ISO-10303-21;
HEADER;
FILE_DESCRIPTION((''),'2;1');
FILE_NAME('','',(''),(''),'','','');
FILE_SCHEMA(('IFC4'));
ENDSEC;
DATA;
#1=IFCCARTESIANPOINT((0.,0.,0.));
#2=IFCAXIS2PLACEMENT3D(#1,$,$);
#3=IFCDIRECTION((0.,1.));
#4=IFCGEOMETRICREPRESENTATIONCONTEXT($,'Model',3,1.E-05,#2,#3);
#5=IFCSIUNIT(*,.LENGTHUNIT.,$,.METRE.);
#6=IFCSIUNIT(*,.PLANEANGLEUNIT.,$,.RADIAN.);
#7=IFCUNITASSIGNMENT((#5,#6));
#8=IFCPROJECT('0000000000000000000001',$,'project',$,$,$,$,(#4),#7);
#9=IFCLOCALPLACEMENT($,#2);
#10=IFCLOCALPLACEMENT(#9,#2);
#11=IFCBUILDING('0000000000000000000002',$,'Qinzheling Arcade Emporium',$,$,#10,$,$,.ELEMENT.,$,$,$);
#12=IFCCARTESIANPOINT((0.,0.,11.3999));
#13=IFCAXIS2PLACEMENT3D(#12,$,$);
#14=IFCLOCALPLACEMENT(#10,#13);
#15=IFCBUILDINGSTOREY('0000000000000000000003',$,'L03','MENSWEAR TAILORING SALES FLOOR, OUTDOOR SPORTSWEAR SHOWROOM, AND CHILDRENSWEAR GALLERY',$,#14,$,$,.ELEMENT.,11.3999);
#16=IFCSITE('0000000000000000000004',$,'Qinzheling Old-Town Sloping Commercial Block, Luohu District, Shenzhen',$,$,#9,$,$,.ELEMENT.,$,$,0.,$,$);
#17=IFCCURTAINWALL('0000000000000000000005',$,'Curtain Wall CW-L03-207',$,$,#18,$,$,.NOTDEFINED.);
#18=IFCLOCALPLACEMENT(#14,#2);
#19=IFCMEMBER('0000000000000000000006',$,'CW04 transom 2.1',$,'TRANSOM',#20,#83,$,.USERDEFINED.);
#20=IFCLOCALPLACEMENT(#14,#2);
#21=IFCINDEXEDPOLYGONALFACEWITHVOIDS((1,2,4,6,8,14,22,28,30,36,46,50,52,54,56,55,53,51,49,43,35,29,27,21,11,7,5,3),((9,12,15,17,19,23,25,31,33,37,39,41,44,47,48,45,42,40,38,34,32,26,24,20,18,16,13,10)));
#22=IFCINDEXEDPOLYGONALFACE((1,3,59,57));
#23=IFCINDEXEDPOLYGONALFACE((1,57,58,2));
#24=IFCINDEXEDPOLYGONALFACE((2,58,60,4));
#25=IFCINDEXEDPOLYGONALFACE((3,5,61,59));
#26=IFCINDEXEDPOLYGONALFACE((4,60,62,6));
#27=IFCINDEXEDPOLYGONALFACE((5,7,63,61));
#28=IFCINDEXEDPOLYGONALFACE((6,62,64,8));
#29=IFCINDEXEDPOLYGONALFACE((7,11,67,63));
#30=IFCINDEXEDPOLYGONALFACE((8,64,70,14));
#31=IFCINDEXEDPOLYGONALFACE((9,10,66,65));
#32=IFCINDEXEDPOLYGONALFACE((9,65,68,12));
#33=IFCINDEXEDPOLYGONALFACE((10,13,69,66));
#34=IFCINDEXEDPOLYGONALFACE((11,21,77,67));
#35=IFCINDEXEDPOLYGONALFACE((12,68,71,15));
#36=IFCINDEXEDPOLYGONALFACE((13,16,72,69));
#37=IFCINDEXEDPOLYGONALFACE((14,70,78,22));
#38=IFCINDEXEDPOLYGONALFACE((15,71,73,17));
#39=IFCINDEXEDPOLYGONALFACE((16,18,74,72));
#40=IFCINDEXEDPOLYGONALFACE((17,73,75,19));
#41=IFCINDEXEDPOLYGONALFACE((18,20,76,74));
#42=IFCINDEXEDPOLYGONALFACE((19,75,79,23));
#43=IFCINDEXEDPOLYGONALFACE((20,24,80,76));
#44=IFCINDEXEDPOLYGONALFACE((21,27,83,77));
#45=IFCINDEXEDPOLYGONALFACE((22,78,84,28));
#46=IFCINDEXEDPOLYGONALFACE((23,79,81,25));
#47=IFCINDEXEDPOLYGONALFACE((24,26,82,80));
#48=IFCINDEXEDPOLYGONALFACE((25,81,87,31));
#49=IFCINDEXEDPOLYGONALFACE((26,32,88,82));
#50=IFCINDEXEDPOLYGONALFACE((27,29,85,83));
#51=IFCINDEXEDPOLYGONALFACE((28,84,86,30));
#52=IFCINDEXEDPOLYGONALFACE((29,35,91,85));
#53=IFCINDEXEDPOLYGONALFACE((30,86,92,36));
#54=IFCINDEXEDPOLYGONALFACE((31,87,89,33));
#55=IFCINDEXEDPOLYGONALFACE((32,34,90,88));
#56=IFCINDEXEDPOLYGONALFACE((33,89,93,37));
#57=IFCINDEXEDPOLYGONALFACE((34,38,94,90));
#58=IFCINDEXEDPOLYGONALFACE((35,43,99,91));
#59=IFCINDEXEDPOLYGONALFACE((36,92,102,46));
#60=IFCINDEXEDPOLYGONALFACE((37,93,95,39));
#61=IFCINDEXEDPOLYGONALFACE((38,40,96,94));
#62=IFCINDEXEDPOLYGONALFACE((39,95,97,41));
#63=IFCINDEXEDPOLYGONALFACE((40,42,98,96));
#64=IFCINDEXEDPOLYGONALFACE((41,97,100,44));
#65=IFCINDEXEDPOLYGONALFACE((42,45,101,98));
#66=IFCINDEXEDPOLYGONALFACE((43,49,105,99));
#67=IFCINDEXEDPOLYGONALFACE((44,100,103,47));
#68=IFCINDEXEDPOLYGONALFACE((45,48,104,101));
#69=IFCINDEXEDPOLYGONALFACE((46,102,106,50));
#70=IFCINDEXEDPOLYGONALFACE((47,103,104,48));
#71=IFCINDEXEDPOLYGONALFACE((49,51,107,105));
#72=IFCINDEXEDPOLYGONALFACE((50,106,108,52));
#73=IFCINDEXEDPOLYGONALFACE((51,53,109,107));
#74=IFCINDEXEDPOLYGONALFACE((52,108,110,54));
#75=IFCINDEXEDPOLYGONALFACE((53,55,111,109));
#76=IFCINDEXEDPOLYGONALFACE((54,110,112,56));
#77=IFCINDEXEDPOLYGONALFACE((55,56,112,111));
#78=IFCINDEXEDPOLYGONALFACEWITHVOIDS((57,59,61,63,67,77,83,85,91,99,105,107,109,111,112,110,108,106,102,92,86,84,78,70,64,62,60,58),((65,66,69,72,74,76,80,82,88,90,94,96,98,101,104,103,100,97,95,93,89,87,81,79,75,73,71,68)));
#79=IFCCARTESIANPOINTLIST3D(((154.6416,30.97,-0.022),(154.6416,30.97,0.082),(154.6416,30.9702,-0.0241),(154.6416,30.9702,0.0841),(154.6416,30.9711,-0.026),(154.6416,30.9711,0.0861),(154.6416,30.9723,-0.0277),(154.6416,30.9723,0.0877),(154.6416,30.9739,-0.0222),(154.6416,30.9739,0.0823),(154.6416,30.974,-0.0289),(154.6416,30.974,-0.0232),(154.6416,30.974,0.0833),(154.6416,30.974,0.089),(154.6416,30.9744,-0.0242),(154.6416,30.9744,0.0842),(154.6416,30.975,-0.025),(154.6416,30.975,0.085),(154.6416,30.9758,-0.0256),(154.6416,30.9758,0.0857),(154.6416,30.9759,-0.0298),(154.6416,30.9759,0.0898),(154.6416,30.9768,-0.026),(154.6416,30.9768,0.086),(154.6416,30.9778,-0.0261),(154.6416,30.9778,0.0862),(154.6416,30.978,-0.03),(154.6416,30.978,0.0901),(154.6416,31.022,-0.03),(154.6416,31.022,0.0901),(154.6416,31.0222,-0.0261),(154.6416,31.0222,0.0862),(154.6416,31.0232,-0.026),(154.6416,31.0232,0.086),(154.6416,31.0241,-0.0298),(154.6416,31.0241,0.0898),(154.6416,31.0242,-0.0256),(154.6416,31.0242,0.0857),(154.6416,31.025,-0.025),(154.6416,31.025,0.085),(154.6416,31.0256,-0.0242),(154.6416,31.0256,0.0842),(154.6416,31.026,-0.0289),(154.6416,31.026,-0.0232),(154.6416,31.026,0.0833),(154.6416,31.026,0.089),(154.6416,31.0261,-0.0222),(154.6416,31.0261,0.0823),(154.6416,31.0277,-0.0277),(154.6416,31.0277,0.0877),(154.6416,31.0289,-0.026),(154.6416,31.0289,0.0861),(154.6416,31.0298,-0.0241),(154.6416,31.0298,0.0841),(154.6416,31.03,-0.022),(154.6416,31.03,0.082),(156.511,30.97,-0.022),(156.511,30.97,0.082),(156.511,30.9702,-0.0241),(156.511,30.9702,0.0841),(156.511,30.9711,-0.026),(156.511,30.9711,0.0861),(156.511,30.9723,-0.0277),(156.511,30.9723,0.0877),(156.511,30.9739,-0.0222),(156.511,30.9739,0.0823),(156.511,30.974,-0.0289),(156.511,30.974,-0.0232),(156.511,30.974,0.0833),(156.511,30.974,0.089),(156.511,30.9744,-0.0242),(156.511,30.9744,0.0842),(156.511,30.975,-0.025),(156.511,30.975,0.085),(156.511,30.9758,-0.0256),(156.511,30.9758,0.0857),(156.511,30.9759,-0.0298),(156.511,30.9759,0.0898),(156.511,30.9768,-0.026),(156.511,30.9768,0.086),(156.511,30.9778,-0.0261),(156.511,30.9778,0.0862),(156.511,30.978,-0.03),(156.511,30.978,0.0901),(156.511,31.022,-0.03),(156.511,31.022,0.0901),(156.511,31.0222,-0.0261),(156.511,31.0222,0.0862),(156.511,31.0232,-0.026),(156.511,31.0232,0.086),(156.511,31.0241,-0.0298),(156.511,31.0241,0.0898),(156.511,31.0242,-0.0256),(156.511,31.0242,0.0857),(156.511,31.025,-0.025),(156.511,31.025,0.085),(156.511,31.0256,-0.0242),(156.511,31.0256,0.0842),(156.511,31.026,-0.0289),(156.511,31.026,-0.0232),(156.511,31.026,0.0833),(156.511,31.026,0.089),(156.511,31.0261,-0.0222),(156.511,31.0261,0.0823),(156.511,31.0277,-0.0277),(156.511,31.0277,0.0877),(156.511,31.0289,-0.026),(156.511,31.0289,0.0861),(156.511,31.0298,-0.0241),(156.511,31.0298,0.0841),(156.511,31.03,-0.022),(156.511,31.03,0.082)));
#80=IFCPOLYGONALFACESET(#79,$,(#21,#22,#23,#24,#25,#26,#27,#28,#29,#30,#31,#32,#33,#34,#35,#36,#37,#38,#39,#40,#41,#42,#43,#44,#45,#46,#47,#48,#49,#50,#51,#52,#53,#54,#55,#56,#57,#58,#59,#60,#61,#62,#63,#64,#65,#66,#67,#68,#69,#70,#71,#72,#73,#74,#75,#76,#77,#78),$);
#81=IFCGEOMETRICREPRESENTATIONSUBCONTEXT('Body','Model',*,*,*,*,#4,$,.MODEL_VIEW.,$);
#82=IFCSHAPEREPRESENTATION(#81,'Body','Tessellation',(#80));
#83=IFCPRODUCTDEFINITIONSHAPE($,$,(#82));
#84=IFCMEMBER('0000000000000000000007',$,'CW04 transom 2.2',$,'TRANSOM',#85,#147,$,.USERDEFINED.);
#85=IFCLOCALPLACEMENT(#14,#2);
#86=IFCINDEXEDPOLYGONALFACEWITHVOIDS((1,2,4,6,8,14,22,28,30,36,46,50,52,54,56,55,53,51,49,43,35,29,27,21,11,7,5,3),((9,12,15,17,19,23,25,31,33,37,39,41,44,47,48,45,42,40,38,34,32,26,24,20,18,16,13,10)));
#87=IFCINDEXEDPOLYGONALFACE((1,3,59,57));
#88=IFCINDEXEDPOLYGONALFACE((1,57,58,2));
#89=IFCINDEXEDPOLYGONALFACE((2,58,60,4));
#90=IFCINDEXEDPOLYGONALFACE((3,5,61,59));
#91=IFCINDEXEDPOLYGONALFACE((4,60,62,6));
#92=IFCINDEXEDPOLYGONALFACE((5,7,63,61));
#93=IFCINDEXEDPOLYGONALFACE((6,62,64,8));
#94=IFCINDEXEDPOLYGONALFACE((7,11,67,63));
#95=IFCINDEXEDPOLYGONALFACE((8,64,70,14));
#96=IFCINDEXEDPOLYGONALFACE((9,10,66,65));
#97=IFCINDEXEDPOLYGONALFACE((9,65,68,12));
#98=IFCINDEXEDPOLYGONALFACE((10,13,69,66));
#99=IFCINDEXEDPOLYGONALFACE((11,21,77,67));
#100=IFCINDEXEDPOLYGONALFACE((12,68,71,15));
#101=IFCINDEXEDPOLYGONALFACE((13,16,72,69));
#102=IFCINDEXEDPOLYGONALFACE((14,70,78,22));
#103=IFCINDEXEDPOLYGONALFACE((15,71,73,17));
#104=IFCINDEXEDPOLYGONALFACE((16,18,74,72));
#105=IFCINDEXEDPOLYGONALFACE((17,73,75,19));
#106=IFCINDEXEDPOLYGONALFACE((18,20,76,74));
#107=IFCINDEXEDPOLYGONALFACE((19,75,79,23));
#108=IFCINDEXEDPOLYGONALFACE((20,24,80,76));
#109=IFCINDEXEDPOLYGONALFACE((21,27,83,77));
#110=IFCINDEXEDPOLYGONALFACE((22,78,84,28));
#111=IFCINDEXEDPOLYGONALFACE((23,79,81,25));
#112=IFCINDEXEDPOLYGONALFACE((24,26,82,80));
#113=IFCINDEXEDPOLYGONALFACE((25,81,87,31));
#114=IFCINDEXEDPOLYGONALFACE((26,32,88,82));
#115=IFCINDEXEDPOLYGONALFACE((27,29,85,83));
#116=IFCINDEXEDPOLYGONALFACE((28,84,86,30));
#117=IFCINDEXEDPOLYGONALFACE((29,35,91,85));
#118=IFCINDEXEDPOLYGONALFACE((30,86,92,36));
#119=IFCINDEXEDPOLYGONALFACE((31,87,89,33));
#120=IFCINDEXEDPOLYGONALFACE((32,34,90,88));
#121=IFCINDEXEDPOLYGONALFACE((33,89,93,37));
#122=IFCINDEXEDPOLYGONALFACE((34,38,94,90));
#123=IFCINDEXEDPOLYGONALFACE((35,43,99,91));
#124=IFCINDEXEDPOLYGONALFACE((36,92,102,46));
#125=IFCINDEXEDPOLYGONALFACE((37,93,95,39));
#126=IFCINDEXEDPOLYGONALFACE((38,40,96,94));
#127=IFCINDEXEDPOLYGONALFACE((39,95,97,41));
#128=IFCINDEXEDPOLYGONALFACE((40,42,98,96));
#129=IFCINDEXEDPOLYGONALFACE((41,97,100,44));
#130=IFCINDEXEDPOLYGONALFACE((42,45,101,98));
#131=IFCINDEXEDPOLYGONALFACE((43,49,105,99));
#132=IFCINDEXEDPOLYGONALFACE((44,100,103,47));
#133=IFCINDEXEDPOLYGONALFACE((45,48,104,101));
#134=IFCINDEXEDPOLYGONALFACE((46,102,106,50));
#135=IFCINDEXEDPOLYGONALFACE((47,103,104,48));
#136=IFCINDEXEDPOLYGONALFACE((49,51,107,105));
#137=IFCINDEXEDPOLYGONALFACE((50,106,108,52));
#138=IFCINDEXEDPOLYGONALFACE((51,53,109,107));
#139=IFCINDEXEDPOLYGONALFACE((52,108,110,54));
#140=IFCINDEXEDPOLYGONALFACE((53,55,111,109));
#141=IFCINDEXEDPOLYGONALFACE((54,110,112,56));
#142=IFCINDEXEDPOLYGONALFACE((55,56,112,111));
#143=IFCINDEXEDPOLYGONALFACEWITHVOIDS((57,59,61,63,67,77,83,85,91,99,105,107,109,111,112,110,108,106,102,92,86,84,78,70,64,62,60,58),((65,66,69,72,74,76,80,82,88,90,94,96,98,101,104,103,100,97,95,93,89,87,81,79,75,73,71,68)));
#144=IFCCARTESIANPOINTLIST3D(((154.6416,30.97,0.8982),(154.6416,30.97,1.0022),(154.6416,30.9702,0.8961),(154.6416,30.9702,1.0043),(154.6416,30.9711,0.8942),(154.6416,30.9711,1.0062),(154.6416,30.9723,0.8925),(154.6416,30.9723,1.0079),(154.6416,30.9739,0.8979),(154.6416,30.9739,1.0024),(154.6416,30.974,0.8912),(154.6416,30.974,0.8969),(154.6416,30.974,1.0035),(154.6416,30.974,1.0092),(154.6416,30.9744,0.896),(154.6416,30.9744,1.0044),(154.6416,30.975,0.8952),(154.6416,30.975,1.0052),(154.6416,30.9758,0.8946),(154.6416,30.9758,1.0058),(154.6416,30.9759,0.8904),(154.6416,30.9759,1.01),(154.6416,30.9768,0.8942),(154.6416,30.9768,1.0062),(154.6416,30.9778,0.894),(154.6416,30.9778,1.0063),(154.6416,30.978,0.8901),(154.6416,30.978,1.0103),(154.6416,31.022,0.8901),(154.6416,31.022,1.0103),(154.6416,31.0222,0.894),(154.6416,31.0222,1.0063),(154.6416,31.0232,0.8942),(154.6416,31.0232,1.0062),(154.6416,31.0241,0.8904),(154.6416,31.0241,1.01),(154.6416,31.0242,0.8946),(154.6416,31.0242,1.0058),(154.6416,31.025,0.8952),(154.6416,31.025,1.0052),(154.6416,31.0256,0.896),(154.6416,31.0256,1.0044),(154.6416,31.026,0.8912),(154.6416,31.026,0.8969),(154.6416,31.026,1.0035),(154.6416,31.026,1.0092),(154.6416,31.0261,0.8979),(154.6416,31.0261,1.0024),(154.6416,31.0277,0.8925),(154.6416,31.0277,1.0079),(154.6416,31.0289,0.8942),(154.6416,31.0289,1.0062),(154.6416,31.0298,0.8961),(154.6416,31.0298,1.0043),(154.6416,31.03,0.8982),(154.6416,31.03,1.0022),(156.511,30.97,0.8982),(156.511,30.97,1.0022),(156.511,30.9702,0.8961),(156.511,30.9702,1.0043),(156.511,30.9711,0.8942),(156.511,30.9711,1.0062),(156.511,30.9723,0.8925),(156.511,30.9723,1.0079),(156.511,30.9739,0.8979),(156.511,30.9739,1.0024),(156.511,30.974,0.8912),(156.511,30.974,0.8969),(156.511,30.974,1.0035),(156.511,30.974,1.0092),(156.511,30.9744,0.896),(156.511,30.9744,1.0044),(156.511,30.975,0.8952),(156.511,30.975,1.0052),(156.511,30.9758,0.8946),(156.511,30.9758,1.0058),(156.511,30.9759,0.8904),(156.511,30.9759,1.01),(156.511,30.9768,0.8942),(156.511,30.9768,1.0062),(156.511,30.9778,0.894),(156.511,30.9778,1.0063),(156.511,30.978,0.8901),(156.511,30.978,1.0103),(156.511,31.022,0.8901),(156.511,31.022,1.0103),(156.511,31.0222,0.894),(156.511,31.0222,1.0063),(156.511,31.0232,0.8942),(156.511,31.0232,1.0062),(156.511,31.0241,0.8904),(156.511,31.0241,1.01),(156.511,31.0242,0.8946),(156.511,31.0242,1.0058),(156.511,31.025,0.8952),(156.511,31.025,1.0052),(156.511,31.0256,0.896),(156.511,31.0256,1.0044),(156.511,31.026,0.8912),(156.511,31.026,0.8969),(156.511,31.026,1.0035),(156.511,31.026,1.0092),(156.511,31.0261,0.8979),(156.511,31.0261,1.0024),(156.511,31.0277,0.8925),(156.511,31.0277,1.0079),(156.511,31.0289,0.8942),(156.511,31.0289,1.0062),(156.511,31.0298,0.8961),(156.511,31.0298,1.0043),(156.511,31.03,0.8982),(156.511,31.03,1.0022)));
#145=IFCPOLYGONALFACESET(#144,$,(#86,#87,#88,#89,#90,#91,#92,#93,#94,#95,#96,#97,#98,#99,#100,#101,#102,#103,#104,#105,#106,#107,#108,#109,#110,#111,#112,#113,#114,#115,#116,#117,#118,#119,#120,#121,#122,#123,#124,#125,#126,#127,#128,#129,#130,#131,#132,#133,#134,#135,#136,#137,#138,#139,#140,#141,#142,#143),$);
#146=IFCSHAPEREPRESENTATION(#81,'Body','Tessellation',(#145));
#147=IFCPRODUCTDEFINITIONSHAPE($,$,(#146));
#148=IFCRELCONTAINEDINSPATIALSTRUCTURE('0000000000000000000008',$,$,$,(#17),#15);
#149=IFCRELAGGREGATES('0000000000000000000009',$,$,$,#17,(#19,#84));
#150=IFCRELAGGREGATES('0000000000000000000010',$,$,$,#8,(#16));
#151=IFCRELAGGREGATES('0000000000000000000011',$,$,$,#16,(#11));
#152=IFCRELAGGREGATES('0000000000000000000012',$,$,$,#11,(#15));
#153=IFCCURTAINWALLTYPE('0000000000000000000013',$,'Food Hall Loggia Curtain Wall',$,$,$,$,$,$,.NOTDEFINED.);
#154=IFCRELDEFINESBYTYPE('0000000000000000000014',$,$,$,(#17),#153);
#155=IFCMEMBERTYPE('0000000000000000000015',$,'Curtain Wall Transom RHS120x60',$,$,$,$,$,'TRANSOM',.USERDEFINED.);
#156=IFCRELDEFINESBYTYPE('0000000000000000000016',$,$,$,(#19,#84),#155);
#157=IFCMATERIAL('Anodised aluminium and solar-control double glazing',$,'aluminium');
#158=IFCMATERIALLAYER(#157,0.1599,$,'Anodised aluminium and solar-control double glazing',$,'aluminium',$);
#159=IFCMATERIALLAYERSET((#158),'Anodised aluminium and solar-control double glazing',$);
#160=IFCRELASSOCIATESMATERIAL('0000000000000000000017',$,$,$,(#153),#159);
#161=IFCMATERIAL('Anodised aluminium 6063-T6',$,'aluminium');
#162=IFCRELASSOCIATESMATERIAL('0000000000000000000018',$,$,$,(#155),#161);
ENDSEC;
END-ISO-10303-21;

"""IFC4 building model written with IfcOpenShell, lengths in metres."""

from ifc_helpers import new_model, si_unit, direction, frame, origin, origin_2d, place, context, subcontext, project, spatial, hollow_rectangle, extrude, material, layer, layer_set, material_profile, profile_set, type_object, element, aggregate, save


model = new_model("IFC4")

# Units and contexts
model_context = context("Model", 3, precision=1e-05, world=origin(), true_north=direction((0.0, 1.0)))
body_context = subcontext(model_context, "Body", "Model", "MODEL_VIEW")
ifc_project = project(units=[si_unit("LENGTHUNIT", "METRE"), si_unit("PLANEANGLEUNIT", "RADIAN")], contexts=[model_context])

# Site, building, storey
site_placement = place(None, origin())
site = spatial("IfcSite", under=ifc_project, at=site_placement, Name="Qinzheling Old-Town Sloping Commercial Block, Luohu District, Shenzhen", CompositionType="ELEMENT", RefElevation=0.0)
building_placement = place(site_placement, origin())
building = spatial("IfcBuilding", under=site, at=building_placement, Name="Qinzheling Arcade Emporium", CompositionType="ELEMENT")
storey_placement = place(building_placement, frame((0.0, 0.0, 11.3999)))
storey = spatial("IfcBuildingStorey", under=building, at=storey_placement, Name="L03", Description="MENSWEAR TAILORING SALES FLOOR, OUTDOOR SPORTSWEAR SHOWROOM, AND CHILDRENSWEAR GALLERY", CompositionType="ELEMENT", Elevation=11.3999)

# Curtain wall, members
ifc_material_1 = material(Name="Anodised aluminium and solar-control double glazing", Category="aluminium")
ifc_layer_1 = layer(ifc_material_1, 0.1599, Name="Anodised aluminium and solar-control double glazing", Category="aluminium")
ifc_layer_set_1 = layer_set([ifc_layer_1], Name="Anodised aluminium and solar-control double glazing")
curtain_wall_type = type_object("IfcCurtainWallType", Name="Food Hall Loggia Curtain Wall", PredefinedType="NOTDEFINED", material=ifc_layer_set_1)
curtain_wall_placement = place(storey_placement, origin())
curtain_wall = element("IfcCurtainWall", 1, at=curtain_wall_placement, inside=storey, type_object=curtain_wall_type, Name="Curtain Wall CW-L03-207", PredefinedType="NOTDEFINED")
ifc_material_2 = material(Name="Anodised aluminium 6063-T6", Category="aluminium")
ifc_material_profile_1 = material_profile(ifc_material_2, hollow_rectangle(XDim=0.0601, YDim=0.1201, WallThickness=0.0039, InnerFilletRadius=0.0039, OuterFilletRadius=0.0081, at=origin_2d()), Name="RHS 120x60x4", Category="aluminium")
ifc_profile_set_1 = profile_set([ifc_material_profile_1], Name="Anodised aluminium 6063-T6")
member_type_1 = type_object("IfcMemberType", Name="Curtain Wall Transom RHS120x60", ElementType="TRANSOM", PredefinedType="USERDEFINED", material=ifc_profile_set_1)
member_1_placement = place(storey_placement, frame((154.6416, 31.0, 0.03), z_axis=(1.0, 0.0, 0.0), x_axis=(0.0, 1.0, 0.0)))
member_1 = element("IfcMember", 2, at=member_1_placement, type_object=member_type_1, Name="CW04 transom 2.1", ObjectType="TRANSOM", PredefinedType="USERDEFINED", context=body_context, shape_type="SweptSolid", body=[
    extrude(hollow_rectangle(XDim=0.0601, YDim=0.1201, WallThickness=0.0039, InnerFilletRadius=0.0039, OuterFilletRadius=0.0081, at=origin_2d()), origin(), (0.0, 0.0, 1.0), 1.8694),
])
member_2_placement = place(storey_placement, frame((154.6416, 31.0, 0.9502), z_axis=(1.0, 0.0, 0.0), x_axis=(0.0, 1.0, 0.0)))
member_2 = element("IfcMember", 3, at=member_2_placement, type_object=member_type_1, Name="CW04 transom 2.2", ObjectType="TRANSOM", PredefinedType="USERDEFINED", context=body_context, shape_type="SweptSolid", body=[
    extrude(hollow_rectangle(XDim=0.0601, YDim=0.1201, WallThickness=0.0039, InnerFilletRadius=0.0039, OuterFilletRadius=0.0081, at=origin_2d()), origin(), (0.0, 0.0, 1.0), 1.8694),
])
aggregate(curtain_wall, [member_1, member_2])

save(model, "model.ifc")
